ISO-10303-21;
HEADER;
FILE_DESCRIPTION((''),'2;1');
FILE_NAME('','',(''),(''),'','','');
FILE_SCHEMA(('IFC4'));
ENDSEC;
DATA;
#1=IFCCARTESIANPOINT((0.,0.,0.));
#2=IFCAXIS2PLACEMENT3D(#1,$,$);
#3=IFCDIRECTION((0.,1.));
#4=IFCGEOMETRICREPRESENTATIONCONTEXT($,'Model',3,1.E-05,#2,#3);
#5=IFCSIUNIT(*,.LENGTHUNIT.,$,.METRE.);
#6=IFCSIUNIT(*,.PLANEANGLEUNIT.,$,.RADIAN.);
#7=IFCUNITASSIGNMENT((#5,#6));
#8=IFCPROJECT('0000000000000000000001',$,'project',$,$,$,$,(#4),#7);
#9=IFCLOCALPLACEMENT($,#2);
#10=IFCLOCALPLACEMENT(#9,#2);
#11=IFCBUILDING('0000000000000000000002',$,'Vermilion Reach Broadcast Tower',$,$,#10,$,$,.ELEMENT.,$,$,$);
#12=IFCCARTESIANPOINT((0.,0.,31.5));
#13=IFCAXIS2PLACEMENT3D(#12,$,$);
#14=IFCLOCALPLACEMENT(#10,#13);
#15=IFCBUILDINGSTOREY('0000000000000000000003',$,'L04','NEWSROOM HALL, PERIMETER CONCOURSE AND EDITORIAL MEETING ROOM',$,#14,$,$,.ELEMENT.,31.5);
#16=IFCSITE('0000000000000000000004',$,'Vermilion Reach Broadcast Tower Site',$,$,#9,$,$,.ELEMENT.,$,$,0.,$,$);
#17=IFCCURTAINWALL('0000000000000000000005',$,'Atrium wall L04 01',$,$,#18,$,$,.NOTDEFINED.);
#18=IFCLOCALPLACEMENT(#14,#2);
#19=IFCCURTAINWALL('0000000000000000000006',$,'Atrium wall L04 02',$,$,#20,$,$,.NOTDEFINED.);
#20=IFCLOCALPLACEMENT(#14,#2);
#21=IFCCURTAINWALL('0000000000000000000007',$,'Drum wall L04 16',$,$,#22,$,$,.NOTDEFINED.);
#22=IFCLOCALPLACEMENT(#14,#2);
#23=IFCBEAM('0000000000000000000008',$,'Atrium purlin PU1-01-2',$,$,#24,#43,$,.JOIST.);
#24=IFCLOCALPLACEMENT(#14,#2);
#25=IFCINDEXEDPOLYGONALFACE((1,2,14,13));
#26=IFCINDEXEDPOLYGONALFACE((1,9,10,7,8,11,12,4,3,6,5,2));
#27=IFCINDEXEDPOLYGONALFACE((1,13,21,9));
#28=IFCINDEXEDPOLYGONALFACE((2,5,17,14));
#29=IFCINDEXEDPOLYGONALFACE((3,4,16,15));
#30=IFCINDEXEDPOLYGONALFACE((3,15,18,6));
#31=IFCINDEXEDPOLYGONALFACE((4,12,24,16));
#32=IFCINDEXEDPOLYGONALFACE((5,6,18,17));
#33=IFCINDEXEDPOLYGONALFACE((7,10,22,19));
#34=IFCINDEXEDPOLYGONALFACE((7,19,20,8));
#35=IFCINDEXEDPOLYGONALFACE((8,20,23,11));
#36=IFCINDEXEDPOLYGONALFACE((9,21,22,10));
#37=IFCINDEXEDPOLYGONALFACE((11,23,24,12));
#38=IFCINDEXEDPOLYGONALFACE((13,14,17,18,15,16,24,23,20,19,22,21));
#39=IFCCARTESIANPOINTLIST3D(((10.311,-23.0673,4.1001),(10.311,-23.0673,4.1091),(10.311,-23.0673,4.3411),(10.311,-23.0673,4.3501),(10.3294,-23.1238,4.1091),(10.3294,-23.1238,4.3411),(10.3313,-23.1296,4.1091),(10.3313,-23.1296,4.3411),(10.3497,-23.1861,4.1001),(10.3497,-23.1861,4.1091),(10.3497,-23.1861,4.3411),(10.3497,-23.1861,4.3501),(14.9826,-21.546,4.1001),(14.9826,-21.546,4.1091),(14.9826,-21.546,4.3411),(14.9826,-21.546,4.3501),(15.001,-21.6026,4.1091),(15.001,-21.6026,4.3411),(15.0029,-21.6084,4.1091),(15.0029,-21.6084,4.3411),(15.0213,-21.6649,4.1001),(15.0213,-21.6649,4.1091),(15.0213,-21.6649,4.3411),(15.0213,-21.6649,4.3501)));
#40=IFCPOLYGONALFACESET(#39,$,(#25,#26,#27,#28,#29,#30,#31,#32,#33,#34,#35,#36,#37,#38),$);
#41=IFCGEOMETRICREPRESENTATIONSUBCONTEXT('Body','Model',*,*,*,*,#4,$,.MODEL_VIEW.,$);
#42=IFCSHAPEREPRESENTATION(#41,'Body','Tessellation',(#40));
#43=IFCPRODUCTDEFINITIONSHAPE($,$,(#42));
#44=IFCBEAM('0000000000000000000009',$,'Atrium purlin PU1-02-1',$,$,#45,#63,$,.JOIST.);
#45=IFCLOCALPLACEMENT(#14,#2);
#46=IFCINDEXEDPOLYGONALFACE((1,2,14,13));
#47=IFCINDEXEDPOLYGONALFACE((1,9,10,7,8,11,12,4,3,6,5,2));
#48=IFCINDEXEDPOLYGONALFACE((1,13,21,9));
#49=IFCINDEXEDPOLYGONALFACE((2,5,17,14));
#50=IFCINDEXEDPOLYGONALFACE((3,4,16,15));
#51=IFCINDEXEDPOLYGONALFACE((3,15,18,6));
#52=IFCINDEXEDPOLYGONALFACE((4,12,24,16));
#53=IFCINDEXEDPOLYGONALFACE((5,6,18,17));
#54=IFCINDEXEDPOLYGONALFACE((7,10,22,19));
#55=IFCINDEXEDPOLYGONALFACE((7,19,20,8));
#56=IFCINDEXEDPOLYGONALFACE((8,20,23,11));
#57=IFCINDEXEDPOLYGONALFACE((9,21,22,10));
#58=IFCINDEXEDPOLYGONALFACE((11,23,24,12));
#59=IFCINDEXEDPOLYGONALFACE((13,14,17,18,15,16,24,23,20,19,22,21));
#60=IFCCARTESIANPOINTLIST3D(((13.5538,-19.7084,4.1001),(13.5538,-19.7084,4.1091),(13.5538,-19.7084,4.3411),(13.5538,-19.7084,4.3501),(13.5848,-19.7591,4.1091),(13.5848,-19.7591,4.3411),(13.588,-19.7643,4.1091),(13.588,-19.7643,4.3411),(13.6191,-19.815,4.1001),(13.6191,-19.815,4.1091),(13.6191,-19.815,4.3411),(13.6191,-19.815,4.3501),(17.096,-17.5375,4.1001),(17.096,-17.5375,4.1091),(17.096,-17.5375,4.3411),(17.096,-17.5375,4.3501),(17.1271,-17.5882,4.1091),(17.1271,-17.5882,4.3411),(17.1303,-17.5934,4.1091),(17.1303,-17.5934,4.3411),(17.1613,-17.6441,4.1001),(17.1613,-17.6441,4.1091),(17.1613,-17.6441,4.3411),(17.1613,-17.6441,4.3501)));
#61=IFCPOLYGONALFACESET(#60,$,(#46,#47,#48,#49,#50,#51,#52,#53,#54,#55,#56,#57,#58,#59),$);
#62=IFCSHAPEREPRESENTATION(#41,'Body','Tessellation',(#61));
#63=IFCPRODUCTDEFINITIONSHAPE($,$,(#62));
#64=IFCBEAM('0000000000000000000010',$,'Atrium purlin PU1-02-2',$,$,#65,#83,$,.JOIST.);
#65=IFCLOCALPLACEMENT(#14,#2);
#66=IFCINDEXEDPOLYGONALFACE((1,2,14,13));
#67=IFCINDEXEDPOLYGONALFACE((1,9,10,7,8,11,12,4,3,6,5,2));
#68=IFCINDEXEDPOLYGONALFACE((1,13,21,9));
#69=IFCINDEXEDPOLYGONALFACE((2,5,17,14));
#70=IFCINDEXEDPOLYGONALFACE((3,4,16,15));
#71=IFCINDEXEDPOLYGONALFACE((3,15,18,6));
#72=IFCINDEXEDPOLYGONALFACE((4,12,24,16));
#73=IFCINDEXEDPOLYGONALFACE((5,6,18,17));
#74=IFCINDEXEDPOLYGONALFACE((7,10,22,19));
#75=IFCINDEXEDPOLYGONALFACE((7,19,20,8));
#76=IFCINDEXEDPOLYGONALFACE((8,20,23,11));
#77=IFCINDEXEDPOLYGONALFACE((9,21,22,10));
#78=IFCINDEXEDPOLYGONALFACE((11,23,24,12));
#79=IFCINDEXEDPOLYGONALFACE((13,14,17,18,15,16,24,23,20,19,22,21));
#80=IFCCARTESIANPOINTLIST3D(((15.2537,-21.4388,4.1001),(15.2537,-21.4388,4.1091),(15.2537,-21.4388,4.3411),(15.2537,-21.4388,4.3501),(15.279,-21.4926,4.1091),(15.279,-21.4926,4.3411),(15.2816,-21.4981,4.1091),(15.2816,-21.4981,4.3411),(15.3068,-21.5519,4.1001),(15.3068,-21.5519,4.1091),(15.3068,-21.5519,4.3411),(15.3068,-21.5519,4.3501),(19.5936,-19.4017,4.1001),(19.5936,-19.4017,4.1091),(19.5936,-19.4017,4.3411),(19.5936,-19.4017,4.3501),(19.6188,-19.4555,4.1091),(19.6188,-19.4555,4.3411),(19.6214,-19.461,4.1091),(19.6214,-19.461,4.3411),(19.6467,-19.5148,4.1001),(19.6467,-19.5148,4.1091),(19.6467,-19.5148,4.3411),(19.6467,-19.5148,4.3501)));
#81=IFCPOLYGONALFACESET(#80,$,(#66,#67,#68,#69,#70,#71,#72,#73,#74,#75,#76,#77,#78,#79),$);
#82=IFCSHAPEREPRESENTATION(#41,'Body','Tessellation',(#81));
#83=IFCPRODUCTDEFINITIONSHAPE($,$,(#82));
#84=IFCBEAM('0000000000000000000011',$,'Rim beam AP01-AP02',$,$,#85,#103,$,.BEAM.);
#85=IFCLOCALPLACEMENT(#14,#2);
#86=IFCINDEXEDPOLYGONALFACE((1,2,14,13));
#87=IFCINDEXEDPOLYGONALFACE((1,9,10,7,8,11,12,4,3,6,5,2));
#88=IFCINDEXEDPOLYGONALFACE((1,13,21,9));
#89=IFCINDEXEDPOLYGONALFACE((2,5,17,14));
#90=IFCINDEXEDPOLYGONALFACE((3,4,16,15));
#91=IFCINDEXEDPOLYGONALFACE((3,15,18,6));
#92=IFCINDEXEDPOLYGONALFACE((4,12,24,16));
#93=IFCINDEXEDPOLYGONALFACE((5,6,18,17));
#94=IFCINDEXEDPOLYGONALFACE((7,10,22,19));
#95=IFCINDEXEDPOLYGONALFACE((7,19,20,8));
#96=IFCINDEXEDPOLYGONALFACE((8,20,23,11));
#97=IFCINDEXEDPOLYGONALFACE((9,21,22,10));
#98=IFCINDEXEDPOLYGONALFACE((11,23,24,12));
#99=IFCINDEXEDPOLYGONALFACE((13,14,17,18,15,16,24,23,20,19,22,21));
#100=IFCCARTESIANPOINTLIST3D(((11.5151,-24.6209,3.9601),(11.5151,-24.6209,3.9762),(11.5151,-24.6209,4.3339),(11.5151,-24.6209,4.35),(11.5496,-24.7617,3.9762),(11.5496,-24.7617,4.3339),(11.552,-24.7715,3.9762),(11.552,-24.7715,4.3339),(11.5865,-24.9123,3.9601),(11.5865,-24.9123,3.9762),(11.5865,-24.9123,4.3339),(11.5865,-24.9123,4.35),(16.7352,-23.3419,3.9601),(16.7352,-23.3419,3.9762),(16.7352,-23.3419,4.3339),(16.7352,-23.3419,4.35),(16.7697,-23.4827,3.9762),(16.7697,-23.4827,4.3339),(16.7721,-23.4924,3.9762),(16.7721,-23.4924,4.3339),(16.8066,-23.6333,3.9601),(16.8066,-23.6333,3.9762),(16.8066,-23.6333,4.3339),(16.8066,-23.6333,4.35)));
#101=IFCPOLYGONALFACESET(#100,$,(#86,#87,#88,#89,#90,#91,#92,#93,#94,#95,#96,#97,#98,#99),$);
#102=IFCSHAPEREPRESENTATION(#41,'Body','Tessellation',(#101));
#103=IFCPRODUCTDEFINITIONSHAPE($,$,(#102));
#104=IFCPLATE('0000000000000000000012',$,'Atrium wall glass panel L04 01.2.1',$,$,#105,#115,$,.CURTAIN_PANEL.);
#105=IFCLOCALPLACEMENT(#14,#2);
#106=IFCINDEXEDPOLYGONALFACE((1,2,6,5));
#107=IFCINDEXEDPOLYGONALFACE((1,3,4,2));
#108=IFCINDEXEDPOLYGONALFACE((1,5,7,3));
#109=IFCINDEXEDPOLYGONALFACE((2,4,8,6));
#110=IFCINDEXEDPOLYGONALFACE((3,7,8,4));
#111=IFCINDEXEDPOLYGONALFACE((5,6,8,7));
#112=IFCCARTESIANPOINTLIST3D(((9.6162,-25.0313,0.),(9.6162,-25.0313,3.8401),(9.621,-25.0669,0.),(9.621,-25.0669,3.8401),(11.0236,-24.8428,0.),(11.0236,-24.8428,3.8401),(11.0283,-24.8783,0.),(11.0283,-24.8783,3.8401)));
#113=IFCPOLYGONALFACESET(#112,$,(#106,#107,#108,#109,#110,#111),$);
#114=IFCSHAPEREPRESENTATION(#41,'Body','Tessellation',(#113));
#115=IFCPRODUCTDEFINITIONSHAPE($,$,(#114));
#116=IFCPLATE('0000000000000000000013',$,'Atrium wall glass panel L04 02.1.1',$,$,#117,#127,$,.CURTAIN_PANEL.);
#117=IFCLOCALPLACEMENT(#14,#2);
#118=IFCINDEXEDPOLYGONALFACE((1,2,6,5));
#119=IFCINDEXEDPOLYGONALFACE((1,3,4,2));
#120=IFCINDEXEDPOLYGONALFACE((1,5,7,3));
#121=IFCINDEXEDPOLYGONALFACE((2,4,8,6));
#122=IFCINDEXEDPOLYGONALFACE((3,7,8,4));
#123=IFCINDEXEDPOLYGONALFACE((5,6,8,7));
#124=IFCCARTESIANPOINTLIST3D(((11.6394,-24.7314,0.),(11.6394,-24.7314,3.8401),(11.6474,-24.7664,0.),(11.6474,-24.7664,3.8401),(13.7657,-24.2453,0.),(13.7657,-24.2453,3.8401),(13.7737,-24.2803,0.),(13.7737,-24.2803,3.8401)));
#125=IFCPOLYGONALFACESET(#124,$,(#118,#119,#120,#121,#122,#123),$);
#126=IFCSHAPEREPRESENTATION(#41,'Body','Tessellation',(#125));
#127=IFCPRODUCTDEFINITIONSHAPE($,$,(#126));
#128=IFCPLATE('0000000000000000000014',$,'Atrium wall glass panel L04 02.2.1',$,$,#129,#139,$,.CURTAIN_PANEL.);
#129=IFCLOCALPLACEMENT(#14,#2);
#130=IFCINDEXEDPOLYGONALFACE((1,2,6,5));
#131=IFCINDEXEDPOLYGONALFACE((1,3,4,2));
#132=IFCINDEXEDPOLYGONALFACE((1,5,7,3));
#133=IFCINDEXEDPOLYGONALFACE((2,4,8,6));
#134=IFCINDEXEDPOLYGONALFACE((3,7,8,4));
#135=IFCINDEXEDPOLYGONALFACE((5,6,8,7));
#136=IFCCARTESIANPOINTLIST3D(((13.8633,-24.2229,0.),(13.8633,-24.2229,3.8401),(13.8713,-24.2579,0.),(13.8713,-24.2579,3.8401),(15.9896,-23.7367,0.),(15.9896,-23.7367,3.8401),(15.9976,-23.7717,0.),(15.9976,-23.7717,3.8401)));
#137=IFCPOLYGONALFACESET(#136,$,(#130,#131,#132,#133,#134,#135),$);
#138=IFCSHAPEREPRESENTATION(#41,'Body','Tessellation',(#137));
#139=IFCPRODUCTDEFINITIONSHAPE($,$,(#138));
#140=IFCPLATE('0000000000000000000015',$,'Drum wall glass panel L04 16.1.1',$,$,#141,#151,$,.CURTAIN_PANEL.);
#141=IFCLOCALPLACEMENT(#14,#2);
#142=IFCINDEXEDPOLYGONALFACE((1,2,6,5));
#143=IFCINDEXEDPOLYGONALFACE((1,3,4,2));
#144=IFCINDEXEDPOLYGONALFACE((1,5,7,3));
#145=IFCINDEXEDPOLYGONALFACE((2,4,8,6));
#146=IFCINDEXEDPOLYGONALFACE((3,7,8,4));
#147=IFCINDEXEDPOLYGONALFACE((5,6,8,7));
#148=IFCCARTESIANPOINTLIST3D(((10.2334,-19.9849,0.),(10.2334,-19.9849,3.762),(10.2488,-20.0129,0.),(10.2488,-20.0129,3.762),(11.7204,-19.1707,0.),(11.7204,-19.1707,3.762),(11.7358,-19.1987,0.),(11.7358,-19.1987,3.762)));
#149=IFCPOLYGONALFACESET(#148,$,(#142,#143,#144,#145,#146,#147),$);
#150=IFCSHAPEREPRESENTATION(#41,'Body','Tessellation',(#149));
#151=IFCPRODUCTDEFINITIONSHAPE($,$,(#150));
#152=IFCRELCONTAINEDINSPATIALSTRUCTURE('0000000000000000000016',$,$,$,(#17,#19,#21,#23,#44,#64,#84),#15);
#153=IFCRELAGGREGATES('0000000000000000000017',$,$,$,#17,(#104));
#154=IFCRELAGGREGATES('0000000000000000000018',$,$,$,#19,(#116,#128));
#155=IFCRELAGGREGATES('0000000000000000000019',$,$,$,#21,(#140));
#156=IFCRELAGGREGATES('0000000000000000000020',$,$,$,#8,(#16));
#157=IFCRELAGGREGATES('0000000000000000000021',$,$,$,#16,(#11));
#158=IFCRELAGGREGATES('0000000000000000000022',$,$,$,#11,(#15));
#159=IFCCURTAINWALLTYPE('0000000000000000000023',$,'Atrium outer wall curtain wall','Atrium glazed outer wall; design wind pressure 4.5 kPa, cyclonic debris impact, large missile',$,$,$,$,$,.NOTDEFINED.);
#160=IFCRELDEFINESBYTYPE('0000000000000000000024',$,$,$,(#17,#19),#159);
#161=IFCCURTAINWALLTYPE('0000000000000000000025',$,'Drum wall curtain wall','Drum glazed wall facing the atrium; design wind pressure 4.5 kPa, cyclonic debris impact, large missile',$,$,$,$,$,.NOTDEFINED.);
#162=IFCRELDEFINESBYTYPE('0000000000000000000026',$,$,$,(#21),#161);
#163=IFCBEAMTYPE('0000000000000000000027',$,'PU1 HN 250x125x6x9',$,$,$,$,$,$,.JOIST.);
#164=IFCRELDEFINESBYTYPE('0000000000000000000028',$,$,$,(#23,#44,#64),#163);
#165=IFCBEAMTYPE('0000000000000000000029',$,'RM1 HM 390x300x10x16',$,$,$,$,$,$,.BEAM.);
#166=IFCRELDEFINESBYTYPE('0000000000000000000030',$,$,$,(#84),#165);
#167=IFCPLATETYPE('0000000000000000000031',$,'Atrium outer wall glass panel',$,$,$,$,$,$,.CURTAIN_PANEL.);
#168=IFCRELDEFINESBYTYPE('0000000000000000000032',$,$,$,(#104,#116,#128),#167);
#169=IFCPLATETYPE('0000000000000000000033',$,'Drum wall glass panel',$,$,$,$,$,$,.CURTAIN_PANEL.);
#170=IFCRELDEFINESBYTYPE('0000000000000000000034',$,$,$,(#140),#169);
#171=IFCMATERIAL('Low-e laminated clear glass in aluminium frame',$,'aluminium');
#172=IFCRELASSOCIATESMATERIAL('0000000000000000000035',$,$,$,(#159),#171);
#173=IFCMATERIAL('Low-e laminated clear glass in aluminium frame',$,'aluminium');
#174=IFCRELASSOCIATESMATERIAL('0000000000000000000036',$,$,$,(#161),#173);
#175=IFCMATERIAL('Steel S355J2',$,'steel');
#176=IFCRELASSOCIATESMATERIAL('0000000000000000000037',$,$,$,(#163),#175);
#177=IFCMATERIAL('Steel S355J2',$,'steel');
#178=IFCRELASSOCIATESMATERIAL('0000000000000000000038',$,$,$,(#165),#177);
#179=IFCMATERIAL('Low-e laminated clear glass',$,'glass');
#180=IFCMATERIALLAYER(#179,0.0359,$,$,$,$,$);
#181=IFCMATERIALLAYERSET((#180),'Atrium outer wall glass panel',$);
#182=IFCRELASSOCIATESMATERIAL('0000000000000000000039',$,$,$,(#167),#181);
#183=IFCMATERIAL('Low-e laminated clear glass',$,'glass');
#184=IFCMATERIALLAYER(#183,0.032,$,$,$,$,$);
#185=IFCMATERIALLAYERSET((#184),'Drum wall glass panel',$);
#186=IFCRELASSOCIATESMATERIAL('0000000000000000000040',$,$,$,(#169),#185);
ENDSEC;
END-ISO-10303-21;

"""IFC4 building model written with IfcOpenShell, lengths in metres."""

from ifc_helpers import new_model, si_unit, direction, frame, origin, origin_2d, place, context, subcontext, project, spatial, rectangle, i_section, extrude, material, layer, layer_set, material_profile, profile_set, type_object, element, aggregate, save


model = new_model("IFC4")

# Units and contexts
model_context = context("Model", 3, precision=1e-05, world=origin(), true_north=direction((0.0, 1.0)))
body_context = subcontext(model_context, "Body", "Model", "MODEL_VIEW")
ifc_project = project(units=[si_unit("LENGTHUNIT", "METRE"), si_unit("PLANEANGLEUNIT", "RADIAN")], contexts=[model_context])

# Site, building, storey
site_placement = place(None, origin())
site = spatial("IfcSite", under=ifc_project, at=site_placement, Name="Vermilion Reach Broadcast Tower Site", CompositionType="ELEMENT", RefElevation=0.0)
building_placement = place(site_placement, origin())
building = spatial("IfcBuilding", under=site, at=building_placement, Name="Vermilion Reach Broadcast Tower", CompositionType="ELEMENT")
storey_placement = place(building_placement, frame((0.0, 0.0, 31.5)))
storey = spatial("IfcBuildingStorey", under=building, at=storey_placement, Name="L04", Description="NEWSROOM HALL, PERIMETER CONCOURSE AND EDITORIAL MEETING ROOM", CompositionType="ELEMENT", Elevation=31.5)

# Curtain wall
ifc_material_1 = material(Name="Low-e laminated clear glass in aluminium frame", Category="aluminium")
curtain_wall_type_1 = type_object("IfcCurtainWallType", Name="Atrium outer wall curtain wall", Description="Atrium glazed outer wall; design wind pressure 4.5 kPa, cyclonic debris impact, large missile", PredefinedType="NOTDEFINED", material=ifc_material_1)
placement = place(storey_placement, origin())
curtain_wall_1 = element("IfcCurtainWall", 1, at=placement, inside=storey, type_object=curtain_wall_type_1, Name="Atrium wall L04 01", PredefinedType="NOTDEFINED")

# Curtain wall
curtain_wall_2 = element("IfcCurtainWall", 2, at=placement, inside=storey, type_object=curtain_wall_type_1, Name="Atrium wall L04 02", PredefinedType="NOTDEFINED")

# Shared definitions
ifc_material_2 = material(Name="Low-e laminated clear glass in aluminium frame", Category="aluminium")
curtain_wall_type_2 = type_object("IfcCurtainWallType", Name="Drum wall curtain wall", Description="Drum glazed wall facing the atrium; design wind pressure 4.5 kPa, cyclonic debris impact, large missile", PredefinedType="NOTDEFINED", material=ifc_material_2)

# Curtain wall
curtain_wall_3 = element("IfcCurtainWall", 3, at=placement, inside=storey, type_object=curtain_wall_type_2, Name="Drum wall L04 16", PredefinedType="NOTDEFINED")

# Beams
ifc_material_3 = material(Name="Steel S355J2", Category="steel")
ifc_material_profile_1 = material_profile(ifc_material_3, i_section(OverallWidth=0.125, OverallDepth=0.25, WebThickness=0.0061, FlangeThickness=0.009, at=origin_2d()), Name="S355J2 HN 250x125x6x9")
ifc_profile_set_1 = profile_set([ifc_material_profile_1], Name="Steel S355J2")
beam_type_1 = type_object("IfcBeamType", Name="PU1 HN 250x125x6x9", PredefinedType="JOIST", material=ifc_profile_set_1)
beam_1_placement = place(storey_placement, frame((10.3303, -23.1267, 4.2251), z_axis=(0.950857, 0.309631, 0.0), x_axis=(-0.309631, 0.950857, 0.0)))
element("IfcBeam", 4, at=beam_1_placement, inside=storey, type_object=beam_type_1, Name="Atrium purlin PU1-01-2", PredefinedType="JOIST", context=body_context, shape_type="SweptSolid", body=[
    extrude(i_section(OverallWidth=0.125, OverallDepth=0.25, WebThickness=0.0061, FlangeThickness=0.009, at=origin_2d()), origin(), (0.0, 0.0, 1.0), 4.9131),
])
beam_2_placement = place(storey_placement, frame((13.5864, -19.7617, 4.2251), z_axis=(0.852617, 0.522536, 0.0), x_axis=(-0.522536, 0.852617, 0.0)))
element("IfcBeam", 5, at=beam_2_placement, inside=storey, type_object=beam_type_1, Name="Atrium purlin PU1-02-1", PredefinedType="JOIST", context=body_context, shape_type="SweptSolid", body=[
    extrude(i_section(OverallWidth=0.125, OverallDepth=0.25, WebThickness=0.0061, FlangeThickness=0.009, at=origin_2d()), origin(), (0.0, 0.0, 1.0), 4.1545),
])
beam_3_placement = place(storey_placement, frame((15.2803, -21.4954, 4.2251), z_axis=(0.905234, 0.424914, 0.0), x_axis=(-0.424914, 0.905234, 0.0)))
element("IfcBeam", 6, at=beam_3_placement, inside=storey, type_object=beam_type_1, Name="Atrium purlin PU1-02-2", PredefinedType="JOIST", context=body_context, shape_type="SweptSolid", body=[
    extrude(i_section(OverallWidth=0.125, OverallDepth=0.25, WebThickness=0.0061, FlangeThickness=0.009, at=origin_2d()), origin(), (0.0, 0.0, 1.0), 4.7942),
])
ifc_material_4 = material(Name="Steel S355J2", Category="steel")
ifc_material_profile_2 = material_profile(ifc_material_4, i_section(OverallWidth=0.3, OverallDepth=0.3899, WebThickness=0.01, FlangeThickness=0.0161, at=origin_2d()), Name="S355J2 HM 390x300x10x16")
ifc_profile_set_2 = profile_set([ifc_material_profile_2], Name="Steel S355J2")
beam_type_2 = type_object("IfcBeamType", Name="RM1 HM 390x300x10x16", PredefinedType="BEAM", material=ifc_profile_set_2)
beam_4_placement = place(storey_placement, frame((11.5508, -24.7666, 4.155), z_axis=(0.97127, 0.23798, 0.0), x_axis=(-0.23798, 0.97127, 0.0)))
element("IfcBeam", 7, at=beam_4_placement, inside=storey, type_object=beam_type_2, Name="Rim beam AP01-AP02", PredefinedType="BEAM", context=body_context, shape_type="SweptSolid", body=[
    extrude(i_section(OverallWidth=0.3, OverallDepth=0.3899, WebThickness=0.01, FlangeThickness=0.0161, at=origin_2d()), origin(), (0.0, 0.0, 1.0), 5.3745),
])

# Plates
ifc_material_5 = material(Name="Low-e laminated clear glass", Category="glass")
ifc_layer_1 = layer(ifc_material_5, 0.0359)
ifc_layer_set_1 = layer_set([ifc_layer_1], Name="Atrium outer wall glass panel")
plate_type_1 = type_object("IfcPlateType", Name="Atrium outer wall glass panel", PredefinedType="CURTAIN_PANEL", material=ifc_layer_set_1)
plate_1_placement = place(storey_placement, frame((10.3223, -24.9548, 0.0), z_axis=(0.0, 0.0, 1.0), x_axis=(0.991144, 0.132794, 0.0)))
plate_1 = element("IfcPlate", 8, at=plate_1_placement, type_object=plate_type_1, Name="Atrium wall glass panel L04 01.2.1", PredefinedType="CURTAIN_PANEL", context=body_context, shape_type="SweptSolid", body=[
    extrude(rectangle(XDim=1.4199, YDim=0.0359, at=origin_2d()), origin(), (0.0, 0.0, 1.0), 3.8401),
])
aggregate(curtain_wall_1, [plate_1])
plate_2_placement = place(storey_placement, frame((12.7065, -24.5059, 0.0), z_axis=(0.0, 0.0, 1.0), x_axis=(0.974843, 0.222892, 0.0)))
plate_2 = element("IfcPlate", 9, at=plate_2_placement, type_object=plate_type_1, Name="Atrium wall glass panel L04 02.1.1", PredefinedType="CURTAIN_PANEL", context=body_context, shape_type="SweptSolid", body=[
    extrude(rectangle(XDim=2.1812, YDim=0.0359, at=origin_2d()), origin(), (0.0, 0.0, 1.0), 3.8401),
])
plate_3_placement = place(storey_placement, frame((14.9304, -23.9973, 0.0), z_axis=(0.0, 0.0, 1.0), x_axis=(0.974843, 0.222892, 0.0)))
plate_3 = element("IfcPlate", 10, at=plate_3_placement, type_object=plate_type_1, Name="Atrium wall glass panel L04 02.2.1", PredefinedType="CURTAIN_PANEL", context=body_context, shape_type="SweptSolid", body=[
    extrude(rectangle(XDim=2.1812, YDim=0.0359, at=origin_2d()), origin(), (0.0, 0.0, 1.0), 3.8401),
])
aggregate(curtain_wall_2, [plate_2, plate_3])
ifc_material_6 = material(Name="Low-e laminated clear glass", Category="glass")
ifc_layer_2 = layer(ifc_material_6, 0.032)
ifc_layer_set_2 = layer_set([ifc_layer_2], Name="Drum wall glass panel")
plate_type_2 = type_object("IfcPlateType", Name="Drum wall glass panel", PredefinedType="CURTAIN_PANEL", material=ifc_layer_set_2)
plate_4_placement = place(storey_placement, frame((10.9846, -19.5918, 0.0), z_axis=(0.0, 0.0, 1.0), x_axis=(-0.877121, -0.480269, 0.0)))
plate_4 = element("IfcPlate", 11, at=plate_4_placement, type_object=plate_type_2, Name="Drum wall glass panel L04 16.1.1", PredefinedType="CURTAIN_PANEL", context=body_context, shape_type="SweptSolid", body=[
    extrude(rectangle(XDim=1.6953, YDim=0.032, at=origin_2d()), origin(), (0.0, 0.0, 1.0), 3.762),
])
aggregate(curtain_wall_3, [plate_4])

save(model, "model.ifc")
